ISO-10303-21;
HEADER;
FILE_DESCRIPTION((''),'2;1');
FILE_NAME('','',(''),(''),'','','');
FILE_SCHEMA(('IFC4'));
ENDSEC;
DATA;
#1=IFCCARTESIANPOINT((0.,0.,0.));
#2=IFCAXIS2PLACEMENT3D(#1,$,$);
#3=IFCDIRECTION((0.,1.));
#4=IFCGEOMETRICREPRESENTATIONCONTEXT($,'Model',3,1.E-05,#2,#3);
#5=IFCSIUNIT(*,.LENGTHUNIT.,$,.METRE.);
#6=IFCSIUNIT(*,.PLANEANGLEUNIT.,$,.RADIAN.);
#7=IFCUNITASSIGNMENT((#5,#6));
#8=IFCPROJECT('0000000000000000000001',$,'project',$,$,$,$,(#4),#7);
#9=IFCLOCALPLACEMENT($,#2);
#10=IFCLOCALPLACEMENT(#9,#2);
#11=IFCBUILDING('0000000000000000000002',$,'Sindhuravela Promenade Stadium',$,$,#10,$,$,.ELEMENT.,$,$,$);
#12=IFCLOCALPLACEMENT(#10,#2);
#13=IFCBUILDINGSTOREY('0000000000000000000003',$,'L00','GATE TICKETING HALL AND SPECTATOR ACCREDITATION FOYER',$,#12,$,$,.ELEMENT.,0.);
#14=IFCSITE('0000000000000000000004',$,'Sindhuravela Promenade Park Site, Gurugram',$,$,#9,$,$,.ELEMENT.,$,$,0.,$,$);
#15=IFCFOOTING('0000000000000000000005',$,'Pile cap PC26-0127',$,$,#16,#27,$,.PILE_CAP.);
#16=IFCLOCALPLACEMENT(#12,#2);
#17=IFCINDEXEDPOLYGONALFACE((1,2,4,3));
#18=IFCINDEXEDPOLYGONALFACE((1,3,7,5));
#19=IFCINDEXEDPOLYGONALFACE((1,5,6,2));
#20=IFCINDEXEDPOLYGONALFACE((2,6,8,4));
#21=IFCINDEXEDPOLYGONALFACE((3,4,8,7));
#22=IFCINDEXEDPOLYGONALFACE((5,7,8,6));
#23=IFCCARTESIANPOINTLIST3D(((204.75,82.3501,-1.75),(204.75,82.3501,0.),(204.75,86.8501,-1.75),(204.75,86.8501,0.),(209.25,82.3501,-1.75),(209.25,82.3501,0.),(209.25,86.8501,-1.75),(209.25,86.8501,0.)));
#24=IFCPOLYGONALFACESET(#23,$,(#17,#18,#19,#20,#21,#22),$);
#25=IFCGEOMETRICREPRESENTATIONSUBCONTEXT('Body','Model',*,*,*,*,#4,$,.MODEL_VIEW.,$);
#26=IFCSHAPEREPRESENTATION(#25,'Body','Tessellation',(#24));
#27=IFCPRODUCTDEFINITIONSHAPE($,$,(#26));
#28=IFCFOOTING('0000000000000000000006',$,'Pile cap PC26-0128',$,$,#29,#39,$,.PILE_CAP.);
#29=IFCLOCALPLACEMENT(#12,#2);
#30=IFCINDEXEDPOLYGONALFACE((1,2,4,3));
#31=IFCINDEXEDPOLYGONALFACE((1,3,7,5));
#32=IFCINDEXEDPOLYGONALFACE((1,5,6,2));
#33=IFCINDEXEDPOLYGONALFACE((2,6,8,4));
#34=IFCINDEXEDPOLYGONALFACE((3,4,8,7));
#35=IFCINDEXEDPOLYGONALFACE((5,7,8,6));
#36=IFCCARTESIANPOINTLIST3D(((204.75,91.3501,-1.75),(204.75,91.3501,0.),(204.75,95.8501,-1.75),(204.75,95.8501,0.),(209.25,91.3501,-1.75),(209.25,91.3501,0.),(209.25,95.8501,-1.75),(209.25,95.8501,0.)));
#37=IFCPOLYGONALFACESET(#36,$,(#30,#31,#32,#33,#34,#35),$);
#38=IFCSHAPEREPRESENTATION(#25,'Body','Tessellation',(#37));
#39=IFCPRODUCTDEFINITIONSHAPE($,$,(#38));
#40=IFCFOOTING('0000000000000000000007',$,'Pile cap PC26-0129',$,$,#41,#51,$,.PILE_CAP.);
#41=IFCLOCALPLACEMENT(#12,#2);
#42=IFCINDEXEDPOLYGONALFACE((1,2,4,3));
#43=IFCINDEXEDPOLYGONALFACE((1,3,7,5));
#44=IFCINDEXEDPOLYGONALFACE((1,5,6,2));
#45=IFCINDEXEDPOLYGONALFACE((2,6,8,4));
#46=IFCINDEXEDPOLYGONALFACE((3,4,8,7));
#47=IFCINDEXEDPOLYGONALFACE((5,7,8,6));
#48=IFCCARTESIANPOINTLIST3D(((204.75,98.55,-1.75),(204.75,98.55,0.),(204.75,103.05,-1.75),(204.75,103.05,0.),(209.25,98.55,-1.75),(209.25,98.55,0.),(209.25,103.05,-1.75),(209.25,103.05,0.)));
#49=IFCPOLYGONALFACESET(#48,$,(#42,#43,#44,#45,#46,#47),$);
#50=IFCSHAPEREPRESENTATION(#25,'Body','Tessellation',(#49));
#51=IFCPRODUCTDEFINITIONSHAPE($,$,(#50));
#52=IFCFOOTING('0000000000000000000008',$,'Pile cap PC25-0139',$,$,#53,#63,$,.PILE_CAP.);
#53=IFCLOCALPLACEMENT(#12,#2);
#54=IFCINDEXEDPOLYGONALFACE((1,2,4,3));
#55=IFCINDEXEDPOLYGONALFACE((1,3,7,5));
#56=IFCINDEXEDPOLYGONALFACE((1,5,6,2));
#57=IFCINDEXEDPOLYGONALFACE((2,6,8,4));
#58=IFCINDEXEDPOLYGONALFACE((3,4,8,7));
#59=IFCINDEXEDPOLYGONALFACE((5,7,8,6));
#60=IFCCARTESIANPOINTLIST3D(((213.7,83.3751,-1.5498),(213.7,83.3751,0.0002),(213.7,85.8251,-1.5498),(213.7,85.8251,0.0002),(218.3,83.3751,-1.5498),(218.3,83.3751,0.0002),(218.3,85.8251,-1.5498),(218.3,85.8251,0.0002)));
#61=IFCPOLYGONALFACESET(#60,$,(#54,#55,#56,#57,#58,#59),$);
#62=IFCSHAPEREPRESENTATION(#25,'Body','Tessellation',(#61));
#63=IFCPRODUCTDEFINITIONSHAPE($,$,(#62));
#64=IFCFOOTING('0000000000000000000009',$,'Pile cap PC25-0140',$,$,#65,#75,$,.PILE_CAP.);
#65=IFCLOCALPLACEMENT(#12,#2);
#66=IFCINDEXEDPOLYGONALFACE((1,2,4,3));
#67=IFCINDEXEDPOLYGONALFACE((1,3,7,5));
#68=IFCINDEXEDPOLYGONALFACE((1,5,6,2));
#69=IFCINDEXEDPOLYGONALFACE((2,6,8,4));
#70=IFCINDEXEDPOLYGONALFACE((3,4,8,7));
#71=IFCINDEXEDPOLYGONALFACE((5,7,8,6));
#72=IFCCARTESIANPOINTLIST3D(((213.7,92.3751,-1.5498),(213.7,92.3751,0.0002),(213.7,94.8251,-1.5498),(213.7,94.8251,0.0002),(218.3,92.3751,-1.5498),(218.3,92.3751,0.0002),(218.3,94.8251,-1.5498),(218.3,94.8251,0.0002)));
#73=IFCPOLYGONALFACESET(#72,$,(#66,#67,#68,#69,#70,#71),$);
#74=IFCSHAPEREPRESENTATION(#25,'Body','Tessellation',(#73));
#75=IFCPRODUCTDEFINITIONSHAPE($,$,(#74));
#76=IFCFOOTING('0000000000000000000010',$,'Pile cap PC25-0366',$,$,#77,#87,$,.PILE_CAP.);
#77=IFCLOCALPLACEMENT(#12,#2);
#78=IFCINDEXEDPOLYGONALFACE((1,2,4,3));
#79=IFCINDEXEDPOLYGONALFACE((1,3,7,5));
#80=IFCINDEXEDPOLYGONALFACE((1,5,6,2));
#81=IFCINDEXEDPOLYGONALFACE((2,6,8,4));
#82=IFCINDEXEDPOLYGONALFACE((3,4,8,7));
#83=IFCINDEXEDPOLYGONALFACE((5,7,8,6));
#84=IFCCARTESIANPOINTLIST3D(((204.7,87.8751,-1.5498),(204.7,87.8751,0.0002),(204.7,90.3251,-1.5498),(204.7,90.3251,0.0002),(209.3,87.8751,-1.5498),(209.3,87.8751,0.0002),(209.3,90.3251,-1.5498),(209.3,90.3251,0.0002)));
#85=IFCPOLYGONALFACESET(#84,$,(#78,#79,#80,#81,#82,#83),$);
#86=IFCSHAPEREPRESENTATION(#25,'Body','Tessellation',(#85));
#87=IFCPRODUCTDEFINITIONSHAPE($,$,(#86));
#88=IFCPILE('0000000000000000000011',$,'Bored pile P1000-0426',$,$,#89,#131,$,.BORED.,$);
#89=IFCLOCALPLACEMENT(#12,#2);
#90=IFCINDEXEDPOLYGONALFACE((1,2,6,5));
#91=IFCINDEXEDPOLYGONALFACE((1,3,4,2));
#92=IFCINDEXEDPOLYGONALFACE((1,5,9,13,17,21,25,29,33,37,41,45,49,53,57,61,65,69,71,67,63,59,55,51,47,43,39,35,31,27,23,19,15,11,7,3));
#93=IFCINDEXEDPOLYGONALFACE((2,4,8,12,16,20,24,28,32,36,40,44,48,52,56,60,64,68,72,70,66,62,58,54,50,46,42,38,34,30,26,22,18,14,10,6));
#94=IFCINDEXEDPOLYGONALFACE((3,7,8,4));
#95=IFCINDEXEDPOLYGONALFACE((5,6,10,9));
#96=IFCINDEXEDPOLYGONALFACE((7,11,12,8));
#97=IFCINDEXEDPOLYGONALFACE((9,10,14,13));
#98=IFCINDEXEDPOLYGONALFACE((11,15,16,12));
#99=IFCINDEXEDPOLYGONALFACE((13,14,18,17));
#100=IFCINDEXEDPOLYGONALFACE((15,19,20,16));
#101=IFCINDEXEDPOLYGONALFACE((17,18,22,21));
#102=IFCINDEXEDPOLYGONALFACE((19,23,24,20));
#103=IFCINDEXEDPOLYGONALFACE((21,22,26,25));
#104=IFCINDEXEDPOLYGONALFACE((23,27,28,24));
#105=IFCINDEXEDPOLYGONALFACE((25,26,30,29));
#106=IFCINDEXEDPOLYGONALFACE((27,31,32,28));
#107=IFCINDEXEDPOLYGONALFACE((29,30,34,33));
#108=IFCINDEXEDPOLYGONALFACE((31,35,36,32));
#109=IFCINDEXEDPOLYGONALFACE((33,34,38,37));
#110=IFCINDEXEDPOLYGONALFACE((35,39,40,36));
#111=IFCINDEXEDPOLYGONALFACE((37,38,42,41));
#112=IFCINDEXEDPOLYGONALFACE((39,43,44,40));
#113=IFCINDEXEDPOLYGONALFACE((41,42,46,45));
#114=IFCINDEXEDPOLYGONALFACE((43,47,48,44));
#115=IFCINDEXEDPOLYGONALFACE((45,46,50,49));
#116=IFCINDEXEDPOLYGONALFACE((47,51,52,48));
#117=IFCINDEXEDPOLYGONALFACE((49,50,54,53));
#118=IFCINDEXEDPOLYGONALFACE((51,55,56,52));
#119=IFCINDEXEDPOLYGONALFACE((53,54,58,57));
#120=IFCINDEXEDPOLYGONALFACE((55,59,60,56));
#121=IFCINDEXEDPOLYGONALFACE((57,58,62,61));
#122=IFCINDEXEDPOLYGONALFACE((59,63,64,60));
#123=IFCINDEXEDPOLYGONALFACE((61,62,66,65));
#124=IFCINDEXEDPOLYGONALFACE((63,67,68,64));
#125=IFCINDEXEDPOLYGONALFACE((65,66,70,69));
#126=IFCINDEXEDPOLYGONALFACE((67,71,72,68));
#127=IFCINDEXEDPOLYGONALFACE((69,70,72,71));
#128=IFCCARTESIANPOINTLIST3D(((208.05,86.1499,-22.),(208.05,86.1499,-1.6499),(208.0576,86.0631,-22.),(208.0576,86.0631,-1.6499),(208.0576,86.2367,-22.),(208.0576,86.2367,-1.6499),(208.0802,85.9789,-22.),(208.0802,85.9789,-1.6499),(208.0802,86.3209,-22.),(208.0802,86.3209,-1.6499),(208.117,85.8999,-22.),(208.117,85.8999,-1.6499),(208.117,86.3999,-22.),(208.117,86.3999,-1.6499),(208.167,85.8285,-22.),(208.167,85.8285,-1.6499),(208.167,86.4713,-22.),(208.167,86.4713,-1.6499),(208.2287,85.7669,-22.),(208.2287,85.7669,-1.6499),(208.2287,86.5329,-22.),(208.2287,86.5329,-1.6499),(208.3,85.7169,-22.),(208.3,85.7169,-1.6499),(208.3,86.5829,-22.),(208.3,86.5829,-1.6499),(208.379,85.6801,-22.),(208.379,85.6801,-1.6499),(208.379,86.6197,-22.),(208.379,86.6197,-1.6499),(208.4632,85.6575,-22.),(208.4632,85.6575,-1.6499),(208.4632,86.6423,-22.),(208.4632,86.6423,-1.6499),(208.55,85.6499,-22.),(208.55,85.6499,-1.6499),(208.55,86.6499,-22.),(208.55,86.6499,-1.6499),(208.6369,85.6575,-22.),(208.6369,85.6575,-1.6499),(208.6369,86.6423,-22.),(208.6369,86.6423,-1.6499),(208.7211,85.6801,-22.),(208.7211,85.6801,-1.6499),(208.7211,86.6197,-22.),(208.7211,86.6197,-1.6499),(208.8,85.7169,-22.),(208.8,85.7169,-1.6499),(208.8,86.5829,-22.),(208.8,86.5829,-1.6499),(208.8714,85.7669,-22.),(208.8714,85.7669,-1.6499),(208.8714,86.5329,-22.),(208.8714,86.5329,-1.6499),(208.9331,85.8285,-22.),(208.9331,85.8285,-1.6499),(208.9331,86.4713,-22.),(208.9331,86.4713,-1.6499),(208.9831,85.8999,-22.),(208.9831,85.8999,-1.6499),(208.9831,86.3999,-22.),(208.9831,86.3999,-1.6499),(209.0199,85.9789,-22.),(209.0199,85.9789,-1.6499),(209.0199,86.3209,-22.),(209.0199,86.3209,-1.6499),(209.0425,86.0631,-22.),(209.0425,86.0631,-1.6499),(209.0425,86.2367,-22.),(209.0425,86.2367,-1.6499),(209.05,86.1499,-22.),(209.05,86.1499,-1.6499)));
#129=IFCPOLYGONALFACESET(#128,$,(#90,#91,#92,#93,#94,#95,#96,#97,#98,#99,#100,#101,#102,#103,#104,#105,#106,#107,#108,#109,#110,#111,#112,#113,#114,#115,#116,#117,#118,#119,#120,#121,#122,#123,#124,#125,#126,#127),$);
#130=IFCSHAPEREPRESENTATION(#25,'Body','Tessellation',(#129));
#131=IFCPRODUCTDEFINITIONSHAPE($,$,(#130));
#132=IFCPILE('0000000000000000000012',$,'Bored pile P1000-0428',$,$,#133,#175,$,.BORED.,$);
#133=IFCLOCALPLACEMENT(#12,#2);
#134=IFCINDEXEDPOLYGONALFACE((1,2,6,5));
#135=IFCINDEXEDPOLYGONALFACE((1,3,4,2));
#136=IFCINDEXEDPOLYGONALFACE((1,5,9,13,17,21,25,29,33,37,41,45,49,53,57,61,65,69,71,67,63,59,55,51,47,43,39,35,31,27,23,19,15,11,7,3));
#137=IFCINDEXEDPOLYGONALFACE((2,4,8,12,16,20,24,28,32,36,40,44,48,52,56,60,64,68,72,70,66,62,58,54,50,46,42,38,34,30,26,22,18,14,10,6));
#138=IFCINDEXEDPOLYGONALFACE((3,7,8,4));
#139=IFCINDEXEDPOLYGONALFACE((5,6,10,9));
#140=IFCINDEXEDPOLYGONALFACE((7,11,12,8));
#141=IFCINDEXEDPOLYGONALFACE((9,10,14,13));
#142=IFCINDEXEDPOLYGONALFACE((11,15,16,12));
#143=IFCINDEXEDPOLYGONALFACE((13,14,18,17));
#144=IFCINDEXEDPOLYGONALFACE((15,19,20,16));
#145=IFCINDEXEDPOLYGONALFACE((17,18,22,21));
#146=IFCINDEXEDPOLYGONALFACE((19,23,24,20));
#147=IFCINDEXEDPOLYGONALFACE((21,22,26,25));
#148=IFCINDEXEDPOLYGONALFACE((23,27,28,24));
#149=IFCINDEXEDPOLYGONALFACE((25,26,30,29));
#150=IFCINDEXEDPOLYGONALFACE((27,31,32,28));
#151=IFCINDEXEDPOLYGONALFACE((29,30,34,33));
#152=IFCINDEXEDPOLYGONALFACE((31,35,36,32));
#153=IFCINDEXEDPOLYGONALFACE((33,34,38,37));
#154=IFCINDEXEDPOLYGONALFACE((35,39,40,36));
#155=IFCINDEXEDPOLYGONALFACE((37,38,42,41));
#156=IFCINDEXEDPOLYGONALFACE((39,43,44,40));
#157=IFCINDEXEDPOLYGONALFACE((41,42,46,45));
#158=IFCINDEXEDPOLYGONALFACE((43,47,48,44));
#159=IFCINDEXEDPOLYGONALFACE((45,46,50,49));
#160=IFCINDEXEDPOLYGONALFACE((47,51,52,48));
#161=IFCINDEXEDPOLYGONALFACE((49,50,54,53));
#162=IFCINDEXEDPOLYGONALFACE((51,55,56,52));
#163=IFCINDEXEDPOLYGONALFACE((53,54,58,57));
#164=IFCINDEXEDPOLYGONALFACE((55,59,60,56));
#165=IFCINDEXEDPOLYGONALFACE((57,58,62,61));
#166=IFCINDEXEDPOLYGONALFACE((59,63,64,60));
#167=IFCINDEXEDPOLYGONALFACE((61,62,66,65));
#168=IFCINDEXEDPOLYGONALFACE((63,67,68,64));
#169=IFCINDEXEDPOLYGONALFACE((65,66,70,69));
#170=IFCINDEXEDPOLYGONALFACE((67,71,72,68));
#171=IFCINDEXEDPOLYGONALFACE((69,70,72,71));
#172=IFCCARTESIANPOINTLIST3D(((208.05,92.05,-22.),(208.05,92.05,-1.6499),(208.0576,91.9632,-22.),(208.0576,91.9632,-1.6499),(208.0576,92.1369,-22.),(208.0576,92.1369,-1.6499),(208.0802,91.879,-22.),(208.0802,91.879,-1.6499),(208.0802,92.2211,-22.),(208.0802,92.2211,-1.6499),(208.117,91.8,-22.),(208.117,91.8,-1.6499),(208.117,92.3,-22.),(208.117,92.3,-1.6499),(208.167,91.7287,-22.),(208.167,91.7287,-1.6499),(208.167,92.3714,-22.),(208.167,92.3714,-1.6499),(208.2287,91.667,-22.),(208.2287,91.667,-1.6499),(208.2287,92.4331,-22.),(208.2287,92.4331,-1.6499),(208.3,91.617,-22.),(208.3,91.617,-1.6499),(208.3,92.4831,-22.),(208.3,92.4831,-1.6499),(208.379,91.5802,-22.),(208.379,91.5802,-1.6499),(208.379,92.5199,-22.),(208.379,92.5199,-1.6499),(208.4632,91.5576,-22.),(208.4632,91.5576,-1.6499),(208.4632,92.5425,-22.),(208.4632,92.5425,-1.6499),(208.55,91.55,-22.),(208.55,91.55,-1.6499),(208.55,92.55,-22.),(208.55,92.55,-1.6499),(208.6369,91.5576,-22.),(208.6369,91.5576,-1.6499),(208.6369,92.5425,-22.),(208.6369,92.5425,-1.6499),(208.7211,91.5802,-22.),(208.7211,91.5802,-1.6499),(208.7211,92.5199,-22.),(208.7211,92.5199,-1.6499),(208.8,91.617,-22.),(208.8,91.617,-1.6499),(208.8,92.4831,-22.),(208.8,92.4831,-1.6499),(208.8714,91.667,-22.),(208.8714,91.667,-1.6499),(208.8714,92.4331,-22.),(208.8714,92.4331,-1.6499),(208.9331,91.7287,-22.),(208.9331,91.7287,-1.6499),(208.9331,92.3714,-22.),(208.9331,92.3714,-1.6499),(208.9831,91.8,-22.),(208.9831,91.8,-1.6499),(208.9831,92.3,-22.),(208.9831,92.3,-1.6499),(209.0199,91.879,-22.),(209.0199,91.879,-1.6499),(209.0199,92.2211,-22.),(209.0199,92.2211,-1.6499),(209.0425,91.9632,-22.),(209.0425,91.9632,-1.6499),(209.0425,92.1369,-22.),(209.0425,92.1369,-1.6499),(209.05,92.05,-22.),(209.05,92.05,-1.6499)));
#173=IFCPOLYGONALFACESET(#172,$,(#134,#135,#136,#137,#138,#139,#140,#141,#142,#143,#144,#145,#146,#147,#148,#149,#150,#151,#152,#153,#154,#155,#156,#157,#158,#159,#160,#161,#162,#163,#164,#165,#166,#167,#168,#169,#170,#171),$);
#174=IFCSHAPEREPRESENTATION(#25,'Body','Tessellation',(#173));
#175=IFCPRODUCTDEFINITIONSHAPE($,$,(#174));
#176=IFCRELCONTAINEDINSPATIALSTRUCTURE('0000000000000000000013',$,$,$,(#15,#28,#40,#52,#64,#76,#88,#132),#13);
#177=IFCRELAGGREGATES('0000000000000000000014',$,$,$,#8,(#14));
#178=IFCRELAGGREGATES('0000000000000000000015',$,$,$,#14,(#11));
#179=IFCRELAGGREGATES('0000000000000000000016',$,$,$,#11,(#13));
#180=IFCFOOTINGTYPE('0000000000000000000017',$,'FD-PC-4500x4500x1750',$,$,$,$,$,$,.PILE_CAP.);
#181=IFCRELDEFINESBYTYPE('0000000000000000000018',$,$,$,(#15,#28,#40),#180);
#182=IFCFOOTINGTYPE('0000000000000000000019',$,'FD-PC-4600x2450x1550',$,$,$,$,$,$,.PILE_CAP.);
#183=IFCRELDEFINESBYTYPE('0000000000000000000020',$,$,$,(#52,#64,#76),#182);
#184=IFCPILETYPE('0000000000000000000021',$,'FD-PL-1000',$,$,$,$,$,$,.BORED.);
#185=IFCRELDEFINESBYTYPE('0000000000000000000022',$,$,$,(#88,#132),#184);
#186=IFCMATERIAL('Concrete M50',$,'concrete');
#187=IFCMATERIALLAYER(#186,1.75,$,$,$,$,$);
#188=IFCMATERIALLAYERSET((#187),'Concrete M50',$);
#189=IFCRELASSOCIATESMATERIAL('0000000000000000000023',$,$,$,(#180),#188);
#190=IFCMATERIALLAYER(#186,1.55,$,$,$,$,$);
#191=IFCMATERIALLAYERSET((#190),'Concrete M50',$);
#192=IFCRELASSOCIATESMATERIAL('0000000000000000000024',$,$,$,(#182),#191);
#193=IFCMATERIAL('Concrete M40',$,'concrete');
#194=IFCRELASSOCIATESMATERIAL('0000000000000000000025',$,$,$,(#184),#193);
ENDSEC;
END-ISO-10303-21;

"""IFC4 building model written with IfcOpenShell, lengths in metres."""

from ifc_helpers import new_model, si_unit, direction, frame, origin, origin_2d, place, context, subcontext, project, spatial, rectangle, circle, extrude, material, layer, layer_set, material_profile, profile_set, type_object, element, save


model = new_model("IFC4")

# Units and contexts
model_context = context("Model", 3, precision=1e-05, world=origin(), true_north=direction((0.0, 1.0)))
body_context = subcontext(model_context, "Body", "Model", "MODEL_VIEW")
ifc_project = project(units=[si_unit("LENGTHUNIT", "METRE"), si_unit("PLANEANGLEUNIT", "RADIAN")], contexts=[model_context])

# Site, building, storey
site_placement = place(None, origin())
site = spatial("IfcSite", under=ifc_project, at=site_placement, Name="Sindhuravela Promenade Park Site, Gurugram", CompositionType="ELEMENT", RefElevation=0.0)
building_placement = place(site_placement, origin())
building = spatial("IfcBuilding", under=site, at=building_placement, Name="Sindhuravela Promenade Stadium", CompositionType="ELEMENT")
storey_placement = place(building_placement, origin())
storey = spatial("IfcBuildingStorey", under=building, at=storey_placement, Name="L00", Description="GATE TICKETING HALL AND SPECTATOR ACCREDITATION FOYER", CompositionType="ELEMENT", Elevation=0.0)

# Footings
ifc_material_1 = material(Name="Concrete M50", Category="concrete")
ifc_layer_1 = layer(ifc_material_1, 1.75)
ifc_layer_set_1 = layer_set([ifc_layer_1], Name="Concrete M50")
footing_type_1 = type_object("IfcFootingType", Name="FD-PC-4500x4500x1750", PredefinedType="PILE_CAP", material=ifc_layer_set_1)
for number, where, z_axis, x_axis, name in (
    (1, (207.0, 84.6001, -1.75), (0.0, 0.0, 1.0), (1.0, 0.0, 0.0), "Pile cap PC26-0127"),
    (2, (207.0, 93.6001, -1.75), (0.0, 0.0, 1.0), (1.0, 0.0, 0.0), "Pile cap PC26-0128"),
    (3, (207.0, 100.8, -1.75), (0.0, 0.0, 1.0), (1.0, 0.0, 0.0), "Pile cap PC26-0129"),
):
    element("IfcFooting", number, at=place(storey_placement, frame(where, z_axis=z_axis, x_axis=x_axis)), inside=storey, type_object=footing_type_1, Name=name, PredefinedType="PILE_CAP", context=body_context, shape_type="SweptSolid", body=[
        extrude(rectangle(XDim=4.5, YDim=4.5, at=origin_2d()), origin(), (0.0, 0.0, 1.0), 1.75),
    ])
ifc_layer_2 = layer(ifc_material_1, 1.55)
ifc_layer_set_2 = layer_set([ifc_layer_2], Name="Concrete M50")
footing_type_2 = type_object("IfcFootingType", Name="FD-PC-4600x2450x1550", PredefinedType="PILE_CAP", material=ifc_layer_set_2)
for number, where, z_axis, x_axis, name in (
    (4, (216.0, 84.6001, -1.5498), (0.0, 0.0, 1.0), (1.0, 0.0, 0.0), "Pile cap PC25-0139"),
    (5, (216.0, 93.6001, -1.5498), (0.0, 0.0, 1.0), (1.0, 0.0, 0.0), "Pile cap PC25-0140"),
    (6, (207.0, 89.1001, -1.5498), (0.0, 0.0, 1.0), (1.0, 0.0, 0.0), "Pile cap PC25-0366"),
):
    element("IfcFooting", number, at=place(storey_placement, frame(where, z_axis=z_axis, x_axis=x_axis)), inside=storey, type_object=footing_type_2, Name=name, PredefinedType="PILE_CAP", context=body_context, shape_type="SweptSolid", body=[
        extrude(rectangle(XDim=4.6001, YDim=2.45, at=origin_2d()), origin(), (0.0, 0.0, 1.0), 1.55),
    ])

# Piles
ifc_material_2 = material(Name="Concrete M40", Category="concrete")
ifc_material_profile_1 = material_profile(ifc_material_2, circle(Radius=0.5, at=origin_2d()), Name="BORED PILE D1000")
ifc_profile_set_1 = profile_set([ifc_material_profile_1], Name="Concrete M40")
pile_type = type_object("IfcPileType", Name="FD-PL-1000", PredefinedType="BORED", material=ifc_profile_set_1)
for number, where, z_axis, x_axis, name in (
    (7, (208.55, 86.1499, -1.6499), (0.0, 0.0, -1.0), (1.0, 0.0, 0.0), "Bored pile P1000-0426"),
    (8, (208.55, 92.05, -1.6499), (0.0, 0.0, -1.0), (1.0, 0.0, 0.0), "Bored pile P1000-0428"),
):
    element("IfcPile", number, at=place(storey_placement, frame(where, z_axis=z_axis, x_axis=x_axis)), inside=storey, type_object=pile_type, Name=name, PredefinedType="BORED", context=body_context, shape_type="SweptSolid", body=[
        extrude(circle(Radius=0.5, at=origin_2d()), origin(), (0.0, 0.0, 1.0), 20.3501),
    ])

save(model, "model.ifc")
